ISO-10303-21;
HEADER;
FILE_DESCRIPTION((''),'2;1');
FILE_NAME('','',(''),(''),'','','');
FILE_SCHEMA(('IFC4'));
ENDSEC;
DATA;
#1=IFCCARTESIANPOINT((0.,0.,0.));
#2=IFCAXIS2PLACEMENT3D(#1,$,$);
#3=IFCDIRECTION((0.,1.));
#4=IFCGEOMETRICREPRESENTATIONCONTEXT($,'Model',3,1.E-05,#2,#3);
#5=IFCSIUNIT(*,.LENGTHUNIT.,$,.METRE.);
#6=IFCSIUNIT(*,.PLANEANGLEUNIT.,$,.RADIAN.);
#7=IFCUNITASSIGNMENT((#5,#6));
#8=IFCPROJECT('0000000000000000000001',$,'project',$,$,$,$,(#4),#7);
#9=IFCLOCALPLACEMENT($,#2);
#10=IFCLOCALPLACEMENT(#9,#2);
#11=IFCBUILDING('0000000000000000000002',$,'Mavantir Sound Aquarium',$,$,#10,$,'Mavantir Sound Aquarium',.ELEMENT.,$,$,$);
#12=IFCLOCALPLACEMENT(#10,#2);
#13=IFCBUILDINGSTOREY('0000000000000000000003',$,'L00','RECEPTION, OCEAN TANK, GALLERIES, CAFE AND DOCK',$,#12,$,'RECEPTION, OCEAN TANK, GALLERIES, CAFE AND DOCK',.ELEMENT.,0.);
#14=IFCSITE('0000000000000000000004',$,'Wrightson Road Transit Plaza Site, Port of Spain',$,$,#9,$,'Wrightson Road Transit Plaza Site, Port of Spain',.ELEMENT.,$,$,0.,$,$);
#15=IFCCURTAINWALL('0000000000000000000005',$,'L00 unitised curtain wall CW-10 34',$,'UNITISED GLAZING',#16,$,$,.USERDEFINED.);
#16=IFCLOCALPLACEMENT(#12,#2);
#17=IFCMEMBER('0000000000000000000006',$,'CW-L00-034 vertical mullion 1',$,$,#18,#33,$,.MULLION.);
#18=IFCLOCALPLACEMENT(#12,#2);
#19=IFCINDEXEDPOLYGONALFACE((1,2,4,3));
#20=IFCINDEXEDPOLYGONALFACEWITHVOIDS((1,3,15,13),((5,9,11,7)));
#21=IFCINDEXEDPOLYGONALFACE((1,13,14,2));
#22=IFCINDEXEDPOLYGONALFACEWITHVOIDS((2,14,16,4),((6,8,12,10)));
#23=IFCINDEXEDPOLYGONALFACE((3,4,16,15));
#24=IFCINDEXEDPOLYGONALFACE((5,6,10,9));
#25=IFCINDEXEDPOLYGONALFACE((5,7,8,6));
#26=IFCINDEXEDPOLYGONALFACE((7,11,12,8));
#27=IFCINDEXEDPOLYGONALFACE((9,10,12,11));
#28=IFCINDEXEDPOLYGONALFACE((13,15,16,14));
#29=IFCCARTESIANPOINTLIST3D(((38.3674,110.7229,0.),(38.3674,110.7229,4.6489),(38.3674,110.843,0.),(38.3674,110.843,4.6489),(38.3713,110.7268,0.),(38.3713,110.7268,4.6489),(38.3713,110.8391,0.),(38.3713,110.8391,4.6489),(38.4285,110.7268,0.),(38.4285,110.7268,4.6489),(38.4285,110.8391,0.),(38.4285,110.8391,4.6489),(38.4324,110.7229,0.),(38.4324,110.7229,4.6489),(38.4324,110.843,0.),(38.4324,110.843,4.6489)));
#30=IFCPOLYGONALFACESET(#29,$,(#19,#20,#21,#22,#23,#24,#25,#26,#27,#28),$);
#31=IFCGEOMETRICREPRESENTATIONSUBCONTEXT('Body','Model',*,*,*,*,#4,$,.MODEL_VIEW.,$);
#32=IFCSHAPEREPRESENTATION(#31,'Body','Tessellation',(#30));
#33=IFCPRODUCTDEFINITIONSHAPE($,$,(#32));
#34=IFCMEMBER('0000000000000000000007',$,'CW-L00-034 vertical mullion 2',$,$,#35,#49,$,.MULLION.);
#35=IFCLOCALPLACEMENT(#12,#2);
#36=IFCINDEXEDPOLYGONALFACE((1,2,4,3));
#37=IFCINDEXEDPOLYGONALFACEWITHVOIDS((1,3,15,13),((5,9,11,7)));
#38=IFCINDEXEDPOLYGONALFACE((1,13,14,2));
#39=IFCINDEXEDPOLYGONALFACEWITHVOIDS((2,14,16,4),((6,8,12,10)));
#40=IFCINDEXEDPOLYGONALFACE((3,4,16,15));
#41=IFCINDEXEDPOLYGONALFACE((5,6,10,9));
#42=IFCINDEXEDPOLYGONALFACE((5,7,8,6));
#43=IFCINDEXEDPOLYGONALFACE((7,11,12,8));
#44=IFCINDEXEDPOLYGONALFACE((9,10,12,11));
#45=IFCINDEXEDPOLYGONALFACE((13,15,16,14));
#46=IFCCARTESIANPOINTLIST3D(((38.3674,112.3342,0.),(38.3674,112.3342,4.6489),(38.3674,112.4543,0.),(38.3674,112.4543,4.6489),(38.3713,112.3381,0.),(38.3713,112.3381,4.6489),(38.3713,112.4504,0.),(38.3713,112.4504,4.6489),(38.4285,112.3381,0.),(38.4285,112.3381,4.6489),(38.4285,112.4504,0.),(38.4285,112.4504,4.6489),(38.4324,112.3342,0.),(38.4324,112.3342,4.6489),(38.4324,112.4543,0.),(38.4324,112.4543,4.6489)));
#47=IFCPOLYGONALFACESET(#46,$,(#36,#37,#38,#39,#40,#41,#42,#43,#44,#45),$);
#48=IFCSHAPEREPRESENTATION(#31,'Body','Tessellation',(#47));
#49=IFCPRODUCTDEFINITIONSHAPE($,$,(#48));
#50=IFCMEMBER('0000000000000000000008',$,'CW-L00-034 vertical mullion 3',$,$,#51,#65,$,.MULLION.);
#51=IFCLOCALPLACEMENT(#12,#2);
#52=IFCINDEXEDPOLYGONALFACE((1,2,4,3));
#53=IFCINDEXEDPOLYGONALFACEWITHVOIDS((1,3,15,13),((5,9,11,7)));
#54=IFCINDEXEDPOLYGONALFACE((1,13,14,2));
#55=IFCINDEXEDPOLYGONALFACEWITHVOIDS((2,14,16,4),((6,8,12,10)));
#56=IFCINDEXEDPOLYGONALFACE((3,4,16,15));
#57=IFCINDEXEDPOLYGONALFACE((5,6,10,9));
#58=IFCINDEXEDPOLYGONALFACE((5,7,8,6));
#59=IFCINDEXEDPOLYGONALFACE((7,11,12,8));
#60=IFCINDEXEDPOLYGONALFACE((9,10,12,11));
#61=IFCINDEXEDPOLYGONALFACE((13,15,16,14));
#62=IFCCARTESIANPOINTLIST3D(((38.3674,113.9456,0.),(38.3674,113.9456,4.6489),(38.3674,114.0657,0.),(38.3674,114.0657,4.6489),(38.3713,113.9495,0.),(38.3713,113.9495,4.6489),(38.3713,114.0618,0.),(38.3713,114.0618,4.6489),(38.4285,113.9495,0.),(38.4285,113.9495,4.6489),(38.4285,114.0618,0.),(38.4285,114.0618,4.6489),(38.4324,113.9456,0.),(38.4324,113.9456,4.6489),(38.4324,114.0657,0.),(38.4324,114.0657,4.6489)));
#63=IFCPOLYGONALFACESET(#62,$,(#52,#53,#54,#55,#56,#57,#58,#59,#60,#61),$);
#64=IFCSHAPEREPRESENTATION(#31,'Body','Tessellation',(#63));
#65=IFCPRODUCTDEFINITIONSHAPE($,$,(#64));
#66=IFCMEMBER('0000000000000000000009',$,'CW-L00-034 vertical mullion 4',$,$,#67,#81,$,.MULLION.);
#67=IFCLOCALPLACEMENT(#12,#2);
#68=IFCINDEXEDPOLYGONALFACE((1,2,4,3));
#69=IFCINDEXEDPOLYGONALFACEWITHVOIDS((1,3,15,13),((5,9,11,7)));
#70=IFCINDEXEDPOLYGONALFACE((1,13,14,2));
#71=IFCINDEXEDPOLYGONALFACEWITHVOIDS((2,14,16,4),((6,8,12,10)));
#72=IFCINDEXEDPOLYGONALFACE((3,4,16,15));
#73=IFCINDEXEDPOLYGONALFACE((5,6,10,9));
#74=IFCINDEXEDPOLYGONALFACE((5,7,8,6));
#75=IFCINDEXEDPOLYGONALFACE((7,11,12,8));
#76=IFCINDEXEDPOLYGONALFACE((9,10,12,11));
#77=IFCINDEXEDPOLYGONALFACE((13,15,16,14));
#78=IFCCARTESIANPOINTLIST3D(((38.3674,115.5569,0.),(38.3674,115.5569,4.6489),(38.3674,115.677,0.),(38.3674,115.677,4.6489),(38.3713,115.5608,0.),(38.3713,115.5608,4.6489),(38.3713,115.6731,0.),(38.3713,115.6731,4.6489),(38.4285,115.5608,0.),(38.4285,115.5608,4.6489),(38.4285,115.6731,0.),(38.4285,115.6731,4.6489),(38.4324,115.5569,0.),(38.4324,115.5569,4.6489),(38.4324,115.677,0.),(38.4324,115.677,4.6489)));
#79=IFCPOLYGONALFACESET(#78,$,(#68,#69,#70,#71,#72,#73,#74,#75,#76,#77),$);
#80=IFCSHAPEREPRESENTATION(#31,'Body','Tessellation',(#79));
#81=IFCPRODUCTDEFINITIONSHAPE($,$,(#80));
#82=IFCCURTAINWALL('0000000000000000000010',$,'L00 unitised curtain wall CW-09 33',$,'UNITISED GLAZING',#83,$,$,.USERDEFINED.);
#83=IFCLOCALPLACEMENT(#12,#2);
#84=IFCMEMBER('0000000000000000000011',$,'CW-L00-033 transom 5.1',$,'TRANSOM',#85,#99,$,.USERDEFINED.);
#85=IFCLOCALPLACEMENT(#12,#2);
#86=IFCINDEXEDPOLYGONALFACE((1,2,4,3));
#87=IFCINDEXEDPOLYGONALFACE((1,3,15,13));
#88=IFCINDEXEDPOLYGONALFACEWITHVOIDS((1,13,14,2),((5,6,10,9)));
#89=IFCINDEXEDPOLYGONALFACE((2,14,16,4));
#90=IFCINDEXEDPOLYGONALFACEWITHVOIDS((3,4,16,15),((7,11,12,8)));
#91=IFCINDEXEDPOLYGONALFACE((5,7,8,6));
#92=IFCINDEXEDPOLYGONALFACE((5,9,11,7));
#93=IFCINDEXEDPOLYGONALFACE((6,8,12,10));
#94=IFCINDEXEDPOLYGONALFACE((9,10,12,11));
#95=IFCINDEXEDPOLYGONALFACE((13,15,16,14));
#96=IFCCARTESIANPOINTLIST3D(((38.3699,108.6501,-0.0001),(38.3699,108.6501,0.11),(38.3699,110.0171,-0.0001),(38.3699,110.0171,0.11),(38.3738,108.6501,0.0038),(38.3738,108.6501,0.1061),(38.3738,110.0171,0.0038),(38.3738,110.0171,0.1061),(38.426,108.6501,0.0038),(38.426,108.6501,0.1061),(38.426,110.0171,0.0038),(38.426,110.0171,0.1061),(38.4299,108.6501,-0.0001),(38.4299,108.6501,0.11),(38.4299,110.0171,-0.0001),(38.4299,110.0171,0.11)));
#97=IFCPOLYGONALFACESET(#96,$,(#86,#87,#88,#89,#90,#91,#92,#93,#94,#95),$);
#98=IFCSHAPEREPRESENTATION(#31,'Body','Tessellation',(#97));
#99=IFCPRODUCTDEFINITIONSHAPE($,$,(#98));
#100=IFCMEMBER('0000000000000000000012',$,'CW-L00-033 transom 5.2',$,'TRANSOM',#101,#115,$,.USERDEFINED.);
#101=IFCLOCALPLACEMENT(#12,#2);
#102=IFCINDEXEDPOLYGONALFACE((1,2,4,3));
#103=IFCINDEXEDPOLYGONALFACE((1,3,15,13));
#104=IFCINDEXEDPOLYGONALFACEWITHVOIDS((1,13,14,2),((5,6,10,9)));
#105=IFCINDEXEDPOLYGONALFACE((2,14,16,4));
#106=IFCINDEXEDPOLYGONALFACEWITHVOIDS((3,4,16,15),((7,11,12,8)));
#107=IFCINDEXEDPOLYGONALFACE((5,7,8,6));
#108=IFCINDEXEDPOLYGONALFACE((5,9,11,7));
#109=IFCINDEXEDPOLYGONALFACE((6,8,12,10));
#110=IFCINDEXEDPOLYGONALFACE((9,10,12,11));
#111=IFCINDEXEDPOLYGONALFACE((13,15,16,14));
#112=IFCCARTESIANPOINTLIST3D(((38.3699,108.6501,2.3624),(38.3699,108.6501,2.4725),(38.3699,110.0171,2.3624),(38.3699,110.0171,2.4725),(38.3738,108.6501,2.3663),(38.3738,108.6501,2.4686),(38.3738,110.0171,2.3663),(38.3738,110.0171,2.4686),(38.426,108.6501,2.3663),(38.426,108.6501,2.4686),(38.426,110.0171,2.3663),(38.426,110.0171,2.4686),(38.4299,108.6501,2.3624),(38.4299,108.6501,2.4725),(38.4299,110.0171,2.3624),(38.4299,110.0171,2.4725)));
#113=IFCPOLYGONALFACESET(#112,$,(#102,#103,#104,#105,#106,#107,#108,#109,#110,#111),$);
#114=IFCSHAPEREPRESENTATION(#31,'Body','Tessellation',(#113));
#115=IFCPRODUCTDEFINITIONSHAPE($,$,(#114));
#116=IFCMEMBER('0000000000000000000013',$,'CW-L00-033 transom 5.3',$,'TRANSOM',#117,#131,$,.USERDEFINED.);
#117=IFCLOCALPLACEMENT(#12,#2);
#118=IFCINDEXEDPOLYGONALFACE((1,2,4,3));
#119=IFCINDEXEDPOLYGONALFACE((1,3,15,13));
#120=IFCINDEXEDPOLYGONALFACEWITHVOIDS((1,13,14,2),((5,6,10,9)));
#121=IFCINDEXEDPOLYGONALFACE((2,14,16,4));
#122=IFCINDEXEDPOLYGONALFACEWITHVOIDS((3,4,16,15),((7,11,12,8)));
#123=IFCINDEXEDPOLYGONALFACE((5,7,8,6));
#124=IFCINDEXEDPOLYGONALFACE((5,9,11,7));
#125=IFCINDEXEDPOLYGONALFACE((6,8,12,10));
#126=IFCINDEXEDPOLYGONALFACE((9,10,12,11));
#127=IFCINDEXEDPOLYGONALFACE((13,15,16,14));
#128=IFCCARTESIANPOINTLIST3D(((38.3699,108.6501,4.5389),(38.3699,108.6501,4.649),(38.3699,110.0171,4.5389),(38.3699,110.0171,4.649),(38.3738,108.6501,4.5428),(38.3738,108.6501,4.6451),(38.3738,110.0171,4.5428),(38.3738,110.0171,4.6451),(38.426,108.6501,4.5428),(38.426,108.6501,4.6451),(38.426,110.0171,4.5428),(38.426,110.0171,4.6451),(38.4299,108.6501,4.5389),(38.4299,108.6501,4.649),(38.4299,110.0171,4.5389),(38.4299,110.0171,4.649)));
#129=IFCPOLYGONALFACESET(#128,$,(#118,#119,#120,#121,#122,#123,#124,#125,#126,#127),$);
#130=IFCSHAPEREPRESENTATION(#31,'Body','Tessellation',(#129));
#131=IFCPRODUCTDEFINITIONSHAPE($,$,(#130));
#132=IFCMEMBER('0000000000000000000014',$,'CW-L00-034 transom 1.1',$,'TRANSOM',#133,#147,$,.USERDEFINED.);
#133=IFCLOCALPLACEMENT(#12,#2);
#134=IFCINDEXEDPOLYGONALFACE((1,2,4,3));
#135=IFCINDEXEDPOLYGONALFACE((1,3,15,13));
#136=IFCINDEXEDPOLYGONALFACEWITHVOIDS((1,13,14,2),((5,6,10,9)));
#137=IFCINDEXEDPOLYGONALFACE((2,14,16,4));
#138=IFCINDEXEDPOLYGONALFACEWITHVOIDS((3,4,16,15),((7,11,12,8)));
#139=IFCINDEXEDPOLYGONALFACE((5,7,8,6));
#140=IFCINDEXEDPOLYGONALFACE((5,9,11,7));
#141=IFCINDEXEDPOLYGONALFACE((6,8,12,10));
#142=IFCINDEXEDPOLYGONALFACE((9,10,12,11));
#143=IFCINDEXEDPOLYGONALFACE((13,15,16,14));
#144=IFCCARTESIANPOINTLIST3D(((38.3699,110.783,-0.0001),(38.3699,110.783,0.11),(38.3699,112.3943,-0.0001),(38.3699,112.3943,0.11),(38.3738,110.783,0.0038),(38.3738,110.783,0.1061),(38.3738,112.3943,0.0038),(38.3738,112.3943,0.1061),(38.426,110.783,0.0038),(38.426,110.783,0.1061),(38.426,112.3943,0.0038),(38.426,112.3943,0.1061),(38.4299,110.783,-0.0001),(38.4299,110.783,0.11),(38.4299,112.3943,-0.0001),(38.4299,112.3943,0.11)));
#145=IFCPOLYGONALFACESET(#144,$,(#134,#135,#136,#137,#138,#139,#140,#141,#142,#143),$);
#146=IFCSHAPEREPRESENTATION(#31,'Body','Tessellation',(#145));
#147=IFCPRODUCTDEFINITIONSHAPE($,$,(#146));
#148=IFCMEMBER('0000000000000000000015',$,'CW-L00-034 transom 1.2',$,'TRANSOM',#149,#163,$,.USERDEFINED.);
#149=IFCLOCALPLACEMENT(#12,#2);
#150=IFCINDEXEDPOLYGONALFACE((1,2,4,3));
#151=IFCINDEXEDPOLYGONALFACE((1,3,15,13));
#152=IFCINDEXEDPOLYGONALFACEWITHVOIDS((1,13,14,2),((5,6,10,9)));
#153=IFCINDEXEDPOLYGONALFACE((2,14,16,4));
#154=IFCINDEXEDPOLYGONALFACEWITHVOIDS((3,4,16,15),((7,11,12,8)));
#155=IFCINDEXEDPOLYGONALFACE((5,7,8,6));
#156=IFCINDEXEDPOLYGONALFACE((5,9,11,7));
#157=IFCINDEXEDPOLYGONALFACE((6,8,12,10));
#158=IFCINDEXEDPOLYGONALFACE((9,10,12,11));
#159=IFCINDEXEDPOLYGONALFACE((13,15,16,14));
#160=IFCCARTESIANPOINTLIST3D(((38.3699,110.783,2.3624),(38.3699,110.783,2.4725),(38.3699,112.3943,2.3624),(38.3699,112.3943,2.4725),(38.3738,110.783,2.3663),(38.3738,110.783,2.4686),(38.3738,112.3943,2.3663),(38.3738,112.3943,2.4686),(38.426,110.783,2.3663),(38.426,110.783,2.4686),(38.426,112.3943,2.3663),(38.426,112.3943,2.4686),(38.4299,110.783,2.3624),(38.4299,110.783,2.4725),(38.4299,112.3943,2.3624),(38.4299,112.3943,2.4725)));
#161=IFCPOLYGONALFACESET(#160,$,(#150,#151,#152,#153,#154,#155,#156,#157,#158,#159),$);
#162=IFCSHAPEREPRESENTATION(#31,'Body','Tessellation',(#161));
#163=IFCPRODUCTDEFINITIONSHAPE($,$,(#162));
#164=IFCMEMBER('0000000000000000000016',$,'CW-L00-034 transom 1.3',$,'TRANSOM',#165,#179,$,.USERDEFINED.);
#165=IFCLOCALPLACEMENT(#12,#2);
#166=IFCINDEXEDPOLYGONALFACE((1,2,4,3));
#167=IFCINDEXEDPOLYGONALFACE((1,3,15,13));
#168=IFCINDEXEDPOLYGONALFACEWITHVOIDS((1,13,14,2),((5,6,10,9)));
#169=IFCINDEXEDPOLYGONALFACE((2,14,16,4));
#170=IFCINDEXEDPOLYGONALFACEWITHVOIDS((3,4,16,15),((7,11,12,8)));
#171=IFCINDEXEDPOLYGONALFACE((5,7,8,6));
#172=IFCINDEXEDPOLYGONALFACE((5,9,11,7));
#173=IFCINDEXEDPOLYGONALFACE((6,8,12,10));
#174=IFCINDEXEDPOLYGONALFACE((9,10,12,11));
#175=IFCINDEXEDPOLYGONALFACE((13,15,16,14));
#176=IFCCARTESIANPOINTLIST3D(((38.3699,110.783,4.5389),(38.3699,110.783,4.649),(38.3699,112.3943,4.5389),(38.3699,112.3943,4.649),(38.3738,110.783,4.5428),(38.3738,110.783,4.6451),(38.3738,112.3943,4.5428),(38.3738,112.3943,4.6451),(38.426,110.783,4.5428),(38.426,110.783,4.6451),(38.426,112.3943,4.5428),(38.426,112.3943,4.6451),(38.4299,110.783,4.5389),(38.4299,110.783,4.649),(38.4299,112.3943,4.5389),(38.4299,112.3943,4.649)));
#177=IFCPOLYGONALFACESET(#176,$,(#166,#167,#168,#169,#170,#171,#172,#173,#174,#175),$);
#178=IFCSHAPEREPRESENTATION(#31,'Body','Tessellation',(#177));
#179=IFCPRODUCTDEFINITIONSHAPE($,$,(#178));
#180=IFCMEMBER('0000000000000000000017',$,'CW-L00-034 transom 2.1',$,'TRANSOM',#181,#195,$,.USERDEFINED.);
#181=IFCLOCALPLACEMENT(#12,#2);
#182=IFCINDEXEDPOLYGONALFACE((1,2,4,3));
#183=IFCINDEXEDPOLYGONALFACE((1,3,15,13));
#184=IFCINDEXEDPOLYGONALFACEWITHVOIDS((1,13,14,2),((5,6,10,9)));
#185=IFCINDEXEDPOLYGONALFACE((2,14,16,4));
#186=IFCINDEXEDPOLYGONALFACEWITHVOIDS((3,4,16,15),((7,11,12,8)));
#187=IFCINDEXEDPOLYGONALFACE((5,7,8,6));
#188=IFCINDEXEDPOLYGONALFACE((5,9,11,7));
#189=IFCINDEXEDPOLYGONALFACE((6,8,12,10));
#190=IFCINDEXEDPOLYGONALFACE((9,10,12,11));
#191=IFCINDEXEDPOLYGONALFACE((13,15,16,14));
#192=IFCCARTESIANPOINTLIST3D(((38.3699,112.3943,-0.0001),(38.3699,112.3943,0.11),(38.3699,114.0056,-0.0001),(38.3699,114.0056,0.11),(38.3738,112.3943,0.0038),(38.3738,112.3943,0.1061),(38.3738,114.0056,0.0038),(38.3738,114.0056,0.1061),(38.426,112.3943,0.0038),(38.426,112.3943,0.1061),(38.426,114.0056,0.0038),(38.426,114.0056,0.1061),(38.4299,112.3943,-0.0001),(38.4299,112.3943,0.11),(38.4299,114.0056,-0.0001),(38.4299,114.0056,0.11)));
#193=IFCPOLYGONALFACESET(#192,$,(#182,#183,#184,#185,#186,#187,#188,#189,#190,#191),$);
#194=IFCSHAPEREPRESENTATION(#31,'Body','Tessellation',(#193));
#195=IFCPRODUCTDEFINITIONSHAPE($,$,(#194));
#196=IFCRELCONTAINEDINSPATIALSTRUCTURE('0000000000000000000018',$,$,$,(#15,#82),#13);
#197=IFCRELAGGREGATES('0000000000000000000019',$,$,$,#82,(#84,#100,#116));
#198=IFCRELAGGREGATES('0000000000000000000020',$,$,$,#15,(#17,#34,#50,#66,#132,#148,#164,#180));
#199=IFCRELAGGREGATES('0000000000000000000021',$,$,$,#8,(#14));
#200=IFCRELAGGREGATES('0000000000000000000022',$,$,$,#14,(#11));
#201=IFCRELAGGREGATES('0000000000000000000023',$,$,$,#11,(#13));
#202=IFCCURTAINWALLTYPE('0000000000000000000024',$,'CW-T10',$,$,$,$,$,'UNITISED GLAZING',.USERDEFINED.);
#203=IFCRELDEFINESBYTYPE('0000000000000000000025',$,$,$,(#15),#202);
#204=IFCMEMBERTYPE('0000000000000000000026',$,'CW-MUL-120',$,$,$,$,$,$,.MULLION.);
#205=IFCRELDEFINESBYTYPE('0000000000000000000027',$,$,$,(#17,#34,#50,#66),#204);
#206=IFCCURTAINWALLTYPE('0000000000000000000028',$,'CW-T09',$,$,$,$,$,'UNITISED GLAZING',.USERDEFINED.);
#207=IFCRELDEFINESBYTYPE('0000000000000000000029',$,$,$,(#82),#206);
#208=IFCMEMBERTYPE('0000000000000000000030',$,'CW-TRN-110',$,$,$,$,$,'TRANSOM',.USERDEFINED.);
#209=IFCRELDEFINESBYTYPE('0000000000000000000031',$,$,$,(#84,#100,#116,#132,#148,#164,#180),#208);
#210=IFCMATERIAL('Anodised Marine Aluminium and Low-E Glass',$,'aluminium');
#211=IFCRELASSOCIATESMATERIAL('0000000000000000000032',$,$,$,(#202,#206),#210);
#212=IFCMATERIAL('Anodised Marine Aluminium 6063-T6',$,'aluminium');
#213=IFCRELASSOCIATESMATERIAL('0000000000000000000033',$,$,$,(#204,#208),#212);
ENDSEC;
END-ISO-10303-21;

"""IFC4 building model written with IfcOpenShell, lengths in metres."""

from ifc_helpers import new_model, si_unit, direction, frame, origin, origin_2d, place, context, subcontext, project, spatial, hollow_rectangle, extrude, material, material_profile, profile_set, type_object, element, aggregate, save


model = new_model("IFC4")

# Units and contexts
model_context = context("Model", 3, precision=1e-05, world=origin(), true_north=direction((0.0, 1.0)))
body_context = subcontext(model_context, "Body", "Model", "MODEL_VIEW")
ifc_project = project(units=[si_unit("LENGTHUNIT", "METRE"), si_unit("PLANEANGLEUNIT", "RADIAN")], contexts=[model_context])

# Site, building, storey
site_placement = place(None, origin())
site = spatial("IfcSite", under=ifc_project, at=site_placement, Name="Wrightson Road Transit Plaza Site, Port of Spain", LongName="Wrightson Road Transit Plaza Site, Port of Spain", CompositionType="ELEMENT", RefElevation=0.0)
building_placement = place(site_placement, origin())
building = spatial("IfcBuilding", under=site, at=building_placement, Name="Mavantir Sound Aquarium", LongName="Mavantir Sound Aquarium", CompositionType="ELEMENT")
storey_placement = place(building_placement, origin())
storey = spatial("IfcBuildingStorey", under=building, at=storey_placement, Name="L00", Description="RECEPTION, OCEAN TANK, GALLERIES, CAFE AND DOCK", LongName="RECEPTION, OCEAN TANK, GALLERIES, CAFE AND DOCK", CompositionType="ELEMENT", Elevation=0.0)

# Curtain walls, members
ifc_material_1 = material(Name="Anodised Marine Aluminium and Low-E Glass", Category="aluminium")
curtain_wall_type_1 = type_object("IfcCurtainWallType", Name="CW-T10", ElementType="UNITISED GLAZING", PredefinedType="USERDEFINED", material=ifc_material_1)
curtain_wall_1_placement = place(storey_placement, origin())
curtain_wall_1 = element("IfcCurtainWall", 1, at=curtain_wall_1_placement, inside=storey, type_object=curtain_wall_type_1, Name="L00 unitised curtain wall CW-10 34", ObjectType="UNITISED GLAZING", PredefinedType="USERDEFINED")
ifc_material_2 = material(Name="Anodised Marine Aluminium 6063-T6", Category="aluminium")
ifc_material_profile_1 = material_profile(ifc_material_2, hollow_rectangle(XDim=0.0649, YDim=0.1201, WallThickness=0.0039, at=origin_2d()), Name="ALU-MULLION-120X65")
ifc_profile_set_1 = profile_set([ifc_material_profile_1], Name="Anodised Marine Aluminium 6063-T6")
member_type_1 = type_object("IfcMemberType", Name="CW-MUL-120", PredefinedType="MULLION", material=ifc_profile_set_1)
member_1_placement = place(storey_placement, frame((38.3999, 110.783, 0.0), z_axis=(0.0, 0.0, 1.0), x_axis=(1.0, 0.0, 0.0)))
member_1 = element("IfcMember", 2, at=member_1_placement, type_object=member_type_1, Name="CW-L00-034 vertical mullion 1", PredefinedType="MULLION", context=body_context, shape_type="SweptSolid", body=[
    extrude(hollow_rectangle(XDim=0.0649, YDim=0.1201, WallThickness=0.0039, at=origin_2d()), origin(), (0.0, 0.0, 1.0), 4.6489),
])
member_2_placement = place(storey_placement, frame((38.3999, 112.3943, 0.0), z_axis=(0.0, 0.0, 1.0), x_axis=(1.0, 0.0, 0.0)))
member_2 = element("IfcMember", 3, at=member_2_placement, type_object=member_type_1, Name="CW-L00-034 vertical mullion 2", PredefinedType="MULLION", context=body_context, shape_type="SweptSolid", body=[
    extrude(hollow_rectangle(XDim=0.0649, YDim=0.1201, WallThickness=0.0039, at=origin_2d()), origin(), (0.0, 0.0, 1.0), 4.6489),
])
member_3_placement = place(storey_placement, frame((38.3999, 114.0056, 0.0), z_axis=(0.0, 0.0, 1.0), x_axis=(1.0, 0.0, 0.0)))
member_3 = element("IfcMember", 4, at=member_3_placement, type_object=member_type_1, Name="CW-L00-034 vertical mullion 3", PredefinedType="MULLION", context=body_context, shape_type="SweptSolid", body=[
    extrude(hollow_rectangle(XDim=0.0649, YDim=0.1201, WallThickness=0.0039, at=origin_2d()), origin(), (0.0, 0.0, 1.0), 4.6489),
])
member_4_placement = place(storey_placement, frame((38.3999, 115.6169, 0.0), z_axis=(0.0, 0.0, 1.0), x_axis=(1.0, 0.0, 0.0)))
member_4 = element("IfcMember", 5, at=member_4_placement, type_object=member_type_1, Name="CW-L00-034 vertical mullion 4", PredefinedType="MULLION", context=body_context, shape_type="SweptSolid", body=[
    extrude(hollow_rectangle(XDim=0.0649, YDim=0.1201, WallThickness=0.0039, at=origin_2d()), origin(), (0.0, 0.0, 1.0), 4.6489),
])
curtain_wall_type_2 = type_object("IfcCurtainWallType", Name="CW-T09", ElementType="UNITISED GLAZING", PredefinedType="USERDEFINED", material=ifc_material_1)
curtain_wall_2_placement = place(storey_placement, origin())
curtain_wall_2 = element("IfcCurtainWall", 6, at=curtain_wall_2_placement, inside=storey, type_object=curtain_wall_type_2, Name="L00 unitised curtain wall CW-09 33", ObjectType="UNITISED GLAZING", PredefinedType="USERDEFINED")
ifc_material_profile_2 = material_profile(ifc_material_2, hollow_rectangle(XDim=0.0601, YDim=0.1101, WallThickness=0.0039, at=origin_2d()), Name="ALU-TRANSOM-110X60")
ifc_profile_set_2 = profile_set([ifc_material_profile_2], Name="Anodised Marine Aluminium 6063-T6")
member_type_2 = type_object("IfcMemberType", Name="CW-TRN-110", ElementType="TRANSOM", PredefinedType="USERDEFINED", material=ifc_profile_set_2)
member_5_placement = place(storey_placement, frame((38.3999, 108.6501, 0.0549), z_axis=(0.0, 1.0, 0.0), x_axis=(-1.0, 0.0, 0.0)))
member_5 = element("IfcMember", 7, at=member_5_placement, type_object=member_type_2, Name="CW-L00-033 transom 5.1", ObjectType="TRANSOM", PredefinedType="USERDEFINED", context=body_context, shape_type="SweptSolid", body=[
    extrude(hollow_rectangle(XDim=0.0601, YDim=0.1101, WallThickness=0.0039, at=origin_2d()), origin(), (0.0, 0.0, 1.0), 1.3669),
])
member_6_placement = place(storey_placement, frame((38.3999, 108.6501, 2.4175), z_axis=(0.0, 1.0, 0.0), x_axis=(-1.0, 0.0, 0.0)))
member_6 = element("IfcMember", 8, at=member_6_placement, type_object=member_type_2, Name="CW-L00-033 transom 5.2", ObjectType="TRANSOM", PredefinedType="USERDEFINED", context=body_context, shape_type="SweptSolid", body=[
    extrude(hollow_rectangle(XDim=0.0601, YDim=0.1101, WallThickness=0.0039, at=origin_2d()), origin(), (0.0, 0.0, 1.0), 1.3669),
])
member_7_placement = place(storey_placement, frame((38.3999, 108.6501, 4.594), z_axis=(0.0, 1.0, 0.0), x_axis=(-1.0, 0.0, 0.0)))
member_7 = element("IfcMember", 9, at=member_7_placement, type_object=member_type_2, Name="CW-L00-033 transom 5.3", ObjectType="TRANSOM", PredefinedType="USERDEFINED", context=body_context, shape_type="SweptSolid", body=[
    extrude(hollow_rectangle(XDim=0.0601, YDim=0.1101, WallThickness=0.0039, at=origin_2d()), origin(), (0.0, 0.0, 1.0), 1.3669),
])

# Members
member_8_placement = place(storey_placement, frame((38.3999, 110.783, 0.0549), z_axis=(0.0, 1.0, 0.0), x_axis=(-1.0, 0.0, 0.0)))
member_8 = element("IfcMember", 10, at=member_8_placement, type_object=member_type_2, Name="CW-L00-034 transom 1.1", ObjectType="TRANSOM", PredefinedType="USERDEFINED", context=body_context, shape_type="SweptSolid", body=[
    extrude(hollow_rectangle(XDim=0.0601, YDim=0.1101, WallThickness=0.0039, at=origin_2d()), origin(), (0.0, 0.0, 1.0), 1.6113),
])
member_9_placement = place(storey_placement, frame((38.3999, 110.783, 2.4175), z_axis=(0.0, 1.0, 0.0), x_axis=(-1.0, 0.0, 0.0)))
member_9 = element("IfcMember", 11, at=member_9_placement, type_object=member_type_2, Name="CW-L00-034 transom 1.2", ObjectType="TRANSOM", PredefinedType="USERDEFINED", context=body_context, shape_type="SweptSolid", body=[
    extrude(hollow_rectangle(XDim=0.0601, YDim=0.1101, WallThickness=0.0039, at=origin_2d()), origin(), (0.0, 0.0, 1.0), 1.6113),
])
member_10_placement = place(storey_placement, frame((38.3999, 110.783, 4.594), z_axis=(0.0, 1.0, 0.0), x_axis=(-1.0, 0.0, 0.0)))
member_10 = element("IfcMember", 12, at=member_10_placement, type_object=member_type_2, Name="CW-L00-034 transom 1.3", ObjectType="TRANSOM", PredefinedType="USERDEFINED", context=body_context, shape_type="SweptSolid", body=[
    extrude(hollow_rectangle(XDim=0.0601, YDim=0.1101, WallThickness=0.0039, at=origin_2d()), origin(), (0.0, 0.0, 1.0), 1.6113),
])
member_11_placement = place(storey_placement, frame((38.3999, 112.3943, 0.0549), z_axis=(0.0, 1.0, 0.0), x_axis=(-1.0, 0.0, 0.0)))
member_11 = element("IfcMember", 13, at=member_11_placement, type_object=member_type_2, Name="CW-L00-034 transom 2.1", ObjectType="TRANSOM", PredefinedType="USERDEFINED", context=body_context, shape_type="SweptSolid", body=[
    extrude(hollow_rectangle(XDim=0.0601, YDim=0.1101, WallThickness=0.0039, at=origin_2d()), origin(), (0.0, 0.0, 1.0), 1.6113),
])

aggregate(curtain_wall_2, [member_5, member_6, member_7])
aggregate(curtain_wall_1, [member_1, member_2, member_3, member_4, member_8, member_9, member_10, member_11])

save(model, "model.ifc")
